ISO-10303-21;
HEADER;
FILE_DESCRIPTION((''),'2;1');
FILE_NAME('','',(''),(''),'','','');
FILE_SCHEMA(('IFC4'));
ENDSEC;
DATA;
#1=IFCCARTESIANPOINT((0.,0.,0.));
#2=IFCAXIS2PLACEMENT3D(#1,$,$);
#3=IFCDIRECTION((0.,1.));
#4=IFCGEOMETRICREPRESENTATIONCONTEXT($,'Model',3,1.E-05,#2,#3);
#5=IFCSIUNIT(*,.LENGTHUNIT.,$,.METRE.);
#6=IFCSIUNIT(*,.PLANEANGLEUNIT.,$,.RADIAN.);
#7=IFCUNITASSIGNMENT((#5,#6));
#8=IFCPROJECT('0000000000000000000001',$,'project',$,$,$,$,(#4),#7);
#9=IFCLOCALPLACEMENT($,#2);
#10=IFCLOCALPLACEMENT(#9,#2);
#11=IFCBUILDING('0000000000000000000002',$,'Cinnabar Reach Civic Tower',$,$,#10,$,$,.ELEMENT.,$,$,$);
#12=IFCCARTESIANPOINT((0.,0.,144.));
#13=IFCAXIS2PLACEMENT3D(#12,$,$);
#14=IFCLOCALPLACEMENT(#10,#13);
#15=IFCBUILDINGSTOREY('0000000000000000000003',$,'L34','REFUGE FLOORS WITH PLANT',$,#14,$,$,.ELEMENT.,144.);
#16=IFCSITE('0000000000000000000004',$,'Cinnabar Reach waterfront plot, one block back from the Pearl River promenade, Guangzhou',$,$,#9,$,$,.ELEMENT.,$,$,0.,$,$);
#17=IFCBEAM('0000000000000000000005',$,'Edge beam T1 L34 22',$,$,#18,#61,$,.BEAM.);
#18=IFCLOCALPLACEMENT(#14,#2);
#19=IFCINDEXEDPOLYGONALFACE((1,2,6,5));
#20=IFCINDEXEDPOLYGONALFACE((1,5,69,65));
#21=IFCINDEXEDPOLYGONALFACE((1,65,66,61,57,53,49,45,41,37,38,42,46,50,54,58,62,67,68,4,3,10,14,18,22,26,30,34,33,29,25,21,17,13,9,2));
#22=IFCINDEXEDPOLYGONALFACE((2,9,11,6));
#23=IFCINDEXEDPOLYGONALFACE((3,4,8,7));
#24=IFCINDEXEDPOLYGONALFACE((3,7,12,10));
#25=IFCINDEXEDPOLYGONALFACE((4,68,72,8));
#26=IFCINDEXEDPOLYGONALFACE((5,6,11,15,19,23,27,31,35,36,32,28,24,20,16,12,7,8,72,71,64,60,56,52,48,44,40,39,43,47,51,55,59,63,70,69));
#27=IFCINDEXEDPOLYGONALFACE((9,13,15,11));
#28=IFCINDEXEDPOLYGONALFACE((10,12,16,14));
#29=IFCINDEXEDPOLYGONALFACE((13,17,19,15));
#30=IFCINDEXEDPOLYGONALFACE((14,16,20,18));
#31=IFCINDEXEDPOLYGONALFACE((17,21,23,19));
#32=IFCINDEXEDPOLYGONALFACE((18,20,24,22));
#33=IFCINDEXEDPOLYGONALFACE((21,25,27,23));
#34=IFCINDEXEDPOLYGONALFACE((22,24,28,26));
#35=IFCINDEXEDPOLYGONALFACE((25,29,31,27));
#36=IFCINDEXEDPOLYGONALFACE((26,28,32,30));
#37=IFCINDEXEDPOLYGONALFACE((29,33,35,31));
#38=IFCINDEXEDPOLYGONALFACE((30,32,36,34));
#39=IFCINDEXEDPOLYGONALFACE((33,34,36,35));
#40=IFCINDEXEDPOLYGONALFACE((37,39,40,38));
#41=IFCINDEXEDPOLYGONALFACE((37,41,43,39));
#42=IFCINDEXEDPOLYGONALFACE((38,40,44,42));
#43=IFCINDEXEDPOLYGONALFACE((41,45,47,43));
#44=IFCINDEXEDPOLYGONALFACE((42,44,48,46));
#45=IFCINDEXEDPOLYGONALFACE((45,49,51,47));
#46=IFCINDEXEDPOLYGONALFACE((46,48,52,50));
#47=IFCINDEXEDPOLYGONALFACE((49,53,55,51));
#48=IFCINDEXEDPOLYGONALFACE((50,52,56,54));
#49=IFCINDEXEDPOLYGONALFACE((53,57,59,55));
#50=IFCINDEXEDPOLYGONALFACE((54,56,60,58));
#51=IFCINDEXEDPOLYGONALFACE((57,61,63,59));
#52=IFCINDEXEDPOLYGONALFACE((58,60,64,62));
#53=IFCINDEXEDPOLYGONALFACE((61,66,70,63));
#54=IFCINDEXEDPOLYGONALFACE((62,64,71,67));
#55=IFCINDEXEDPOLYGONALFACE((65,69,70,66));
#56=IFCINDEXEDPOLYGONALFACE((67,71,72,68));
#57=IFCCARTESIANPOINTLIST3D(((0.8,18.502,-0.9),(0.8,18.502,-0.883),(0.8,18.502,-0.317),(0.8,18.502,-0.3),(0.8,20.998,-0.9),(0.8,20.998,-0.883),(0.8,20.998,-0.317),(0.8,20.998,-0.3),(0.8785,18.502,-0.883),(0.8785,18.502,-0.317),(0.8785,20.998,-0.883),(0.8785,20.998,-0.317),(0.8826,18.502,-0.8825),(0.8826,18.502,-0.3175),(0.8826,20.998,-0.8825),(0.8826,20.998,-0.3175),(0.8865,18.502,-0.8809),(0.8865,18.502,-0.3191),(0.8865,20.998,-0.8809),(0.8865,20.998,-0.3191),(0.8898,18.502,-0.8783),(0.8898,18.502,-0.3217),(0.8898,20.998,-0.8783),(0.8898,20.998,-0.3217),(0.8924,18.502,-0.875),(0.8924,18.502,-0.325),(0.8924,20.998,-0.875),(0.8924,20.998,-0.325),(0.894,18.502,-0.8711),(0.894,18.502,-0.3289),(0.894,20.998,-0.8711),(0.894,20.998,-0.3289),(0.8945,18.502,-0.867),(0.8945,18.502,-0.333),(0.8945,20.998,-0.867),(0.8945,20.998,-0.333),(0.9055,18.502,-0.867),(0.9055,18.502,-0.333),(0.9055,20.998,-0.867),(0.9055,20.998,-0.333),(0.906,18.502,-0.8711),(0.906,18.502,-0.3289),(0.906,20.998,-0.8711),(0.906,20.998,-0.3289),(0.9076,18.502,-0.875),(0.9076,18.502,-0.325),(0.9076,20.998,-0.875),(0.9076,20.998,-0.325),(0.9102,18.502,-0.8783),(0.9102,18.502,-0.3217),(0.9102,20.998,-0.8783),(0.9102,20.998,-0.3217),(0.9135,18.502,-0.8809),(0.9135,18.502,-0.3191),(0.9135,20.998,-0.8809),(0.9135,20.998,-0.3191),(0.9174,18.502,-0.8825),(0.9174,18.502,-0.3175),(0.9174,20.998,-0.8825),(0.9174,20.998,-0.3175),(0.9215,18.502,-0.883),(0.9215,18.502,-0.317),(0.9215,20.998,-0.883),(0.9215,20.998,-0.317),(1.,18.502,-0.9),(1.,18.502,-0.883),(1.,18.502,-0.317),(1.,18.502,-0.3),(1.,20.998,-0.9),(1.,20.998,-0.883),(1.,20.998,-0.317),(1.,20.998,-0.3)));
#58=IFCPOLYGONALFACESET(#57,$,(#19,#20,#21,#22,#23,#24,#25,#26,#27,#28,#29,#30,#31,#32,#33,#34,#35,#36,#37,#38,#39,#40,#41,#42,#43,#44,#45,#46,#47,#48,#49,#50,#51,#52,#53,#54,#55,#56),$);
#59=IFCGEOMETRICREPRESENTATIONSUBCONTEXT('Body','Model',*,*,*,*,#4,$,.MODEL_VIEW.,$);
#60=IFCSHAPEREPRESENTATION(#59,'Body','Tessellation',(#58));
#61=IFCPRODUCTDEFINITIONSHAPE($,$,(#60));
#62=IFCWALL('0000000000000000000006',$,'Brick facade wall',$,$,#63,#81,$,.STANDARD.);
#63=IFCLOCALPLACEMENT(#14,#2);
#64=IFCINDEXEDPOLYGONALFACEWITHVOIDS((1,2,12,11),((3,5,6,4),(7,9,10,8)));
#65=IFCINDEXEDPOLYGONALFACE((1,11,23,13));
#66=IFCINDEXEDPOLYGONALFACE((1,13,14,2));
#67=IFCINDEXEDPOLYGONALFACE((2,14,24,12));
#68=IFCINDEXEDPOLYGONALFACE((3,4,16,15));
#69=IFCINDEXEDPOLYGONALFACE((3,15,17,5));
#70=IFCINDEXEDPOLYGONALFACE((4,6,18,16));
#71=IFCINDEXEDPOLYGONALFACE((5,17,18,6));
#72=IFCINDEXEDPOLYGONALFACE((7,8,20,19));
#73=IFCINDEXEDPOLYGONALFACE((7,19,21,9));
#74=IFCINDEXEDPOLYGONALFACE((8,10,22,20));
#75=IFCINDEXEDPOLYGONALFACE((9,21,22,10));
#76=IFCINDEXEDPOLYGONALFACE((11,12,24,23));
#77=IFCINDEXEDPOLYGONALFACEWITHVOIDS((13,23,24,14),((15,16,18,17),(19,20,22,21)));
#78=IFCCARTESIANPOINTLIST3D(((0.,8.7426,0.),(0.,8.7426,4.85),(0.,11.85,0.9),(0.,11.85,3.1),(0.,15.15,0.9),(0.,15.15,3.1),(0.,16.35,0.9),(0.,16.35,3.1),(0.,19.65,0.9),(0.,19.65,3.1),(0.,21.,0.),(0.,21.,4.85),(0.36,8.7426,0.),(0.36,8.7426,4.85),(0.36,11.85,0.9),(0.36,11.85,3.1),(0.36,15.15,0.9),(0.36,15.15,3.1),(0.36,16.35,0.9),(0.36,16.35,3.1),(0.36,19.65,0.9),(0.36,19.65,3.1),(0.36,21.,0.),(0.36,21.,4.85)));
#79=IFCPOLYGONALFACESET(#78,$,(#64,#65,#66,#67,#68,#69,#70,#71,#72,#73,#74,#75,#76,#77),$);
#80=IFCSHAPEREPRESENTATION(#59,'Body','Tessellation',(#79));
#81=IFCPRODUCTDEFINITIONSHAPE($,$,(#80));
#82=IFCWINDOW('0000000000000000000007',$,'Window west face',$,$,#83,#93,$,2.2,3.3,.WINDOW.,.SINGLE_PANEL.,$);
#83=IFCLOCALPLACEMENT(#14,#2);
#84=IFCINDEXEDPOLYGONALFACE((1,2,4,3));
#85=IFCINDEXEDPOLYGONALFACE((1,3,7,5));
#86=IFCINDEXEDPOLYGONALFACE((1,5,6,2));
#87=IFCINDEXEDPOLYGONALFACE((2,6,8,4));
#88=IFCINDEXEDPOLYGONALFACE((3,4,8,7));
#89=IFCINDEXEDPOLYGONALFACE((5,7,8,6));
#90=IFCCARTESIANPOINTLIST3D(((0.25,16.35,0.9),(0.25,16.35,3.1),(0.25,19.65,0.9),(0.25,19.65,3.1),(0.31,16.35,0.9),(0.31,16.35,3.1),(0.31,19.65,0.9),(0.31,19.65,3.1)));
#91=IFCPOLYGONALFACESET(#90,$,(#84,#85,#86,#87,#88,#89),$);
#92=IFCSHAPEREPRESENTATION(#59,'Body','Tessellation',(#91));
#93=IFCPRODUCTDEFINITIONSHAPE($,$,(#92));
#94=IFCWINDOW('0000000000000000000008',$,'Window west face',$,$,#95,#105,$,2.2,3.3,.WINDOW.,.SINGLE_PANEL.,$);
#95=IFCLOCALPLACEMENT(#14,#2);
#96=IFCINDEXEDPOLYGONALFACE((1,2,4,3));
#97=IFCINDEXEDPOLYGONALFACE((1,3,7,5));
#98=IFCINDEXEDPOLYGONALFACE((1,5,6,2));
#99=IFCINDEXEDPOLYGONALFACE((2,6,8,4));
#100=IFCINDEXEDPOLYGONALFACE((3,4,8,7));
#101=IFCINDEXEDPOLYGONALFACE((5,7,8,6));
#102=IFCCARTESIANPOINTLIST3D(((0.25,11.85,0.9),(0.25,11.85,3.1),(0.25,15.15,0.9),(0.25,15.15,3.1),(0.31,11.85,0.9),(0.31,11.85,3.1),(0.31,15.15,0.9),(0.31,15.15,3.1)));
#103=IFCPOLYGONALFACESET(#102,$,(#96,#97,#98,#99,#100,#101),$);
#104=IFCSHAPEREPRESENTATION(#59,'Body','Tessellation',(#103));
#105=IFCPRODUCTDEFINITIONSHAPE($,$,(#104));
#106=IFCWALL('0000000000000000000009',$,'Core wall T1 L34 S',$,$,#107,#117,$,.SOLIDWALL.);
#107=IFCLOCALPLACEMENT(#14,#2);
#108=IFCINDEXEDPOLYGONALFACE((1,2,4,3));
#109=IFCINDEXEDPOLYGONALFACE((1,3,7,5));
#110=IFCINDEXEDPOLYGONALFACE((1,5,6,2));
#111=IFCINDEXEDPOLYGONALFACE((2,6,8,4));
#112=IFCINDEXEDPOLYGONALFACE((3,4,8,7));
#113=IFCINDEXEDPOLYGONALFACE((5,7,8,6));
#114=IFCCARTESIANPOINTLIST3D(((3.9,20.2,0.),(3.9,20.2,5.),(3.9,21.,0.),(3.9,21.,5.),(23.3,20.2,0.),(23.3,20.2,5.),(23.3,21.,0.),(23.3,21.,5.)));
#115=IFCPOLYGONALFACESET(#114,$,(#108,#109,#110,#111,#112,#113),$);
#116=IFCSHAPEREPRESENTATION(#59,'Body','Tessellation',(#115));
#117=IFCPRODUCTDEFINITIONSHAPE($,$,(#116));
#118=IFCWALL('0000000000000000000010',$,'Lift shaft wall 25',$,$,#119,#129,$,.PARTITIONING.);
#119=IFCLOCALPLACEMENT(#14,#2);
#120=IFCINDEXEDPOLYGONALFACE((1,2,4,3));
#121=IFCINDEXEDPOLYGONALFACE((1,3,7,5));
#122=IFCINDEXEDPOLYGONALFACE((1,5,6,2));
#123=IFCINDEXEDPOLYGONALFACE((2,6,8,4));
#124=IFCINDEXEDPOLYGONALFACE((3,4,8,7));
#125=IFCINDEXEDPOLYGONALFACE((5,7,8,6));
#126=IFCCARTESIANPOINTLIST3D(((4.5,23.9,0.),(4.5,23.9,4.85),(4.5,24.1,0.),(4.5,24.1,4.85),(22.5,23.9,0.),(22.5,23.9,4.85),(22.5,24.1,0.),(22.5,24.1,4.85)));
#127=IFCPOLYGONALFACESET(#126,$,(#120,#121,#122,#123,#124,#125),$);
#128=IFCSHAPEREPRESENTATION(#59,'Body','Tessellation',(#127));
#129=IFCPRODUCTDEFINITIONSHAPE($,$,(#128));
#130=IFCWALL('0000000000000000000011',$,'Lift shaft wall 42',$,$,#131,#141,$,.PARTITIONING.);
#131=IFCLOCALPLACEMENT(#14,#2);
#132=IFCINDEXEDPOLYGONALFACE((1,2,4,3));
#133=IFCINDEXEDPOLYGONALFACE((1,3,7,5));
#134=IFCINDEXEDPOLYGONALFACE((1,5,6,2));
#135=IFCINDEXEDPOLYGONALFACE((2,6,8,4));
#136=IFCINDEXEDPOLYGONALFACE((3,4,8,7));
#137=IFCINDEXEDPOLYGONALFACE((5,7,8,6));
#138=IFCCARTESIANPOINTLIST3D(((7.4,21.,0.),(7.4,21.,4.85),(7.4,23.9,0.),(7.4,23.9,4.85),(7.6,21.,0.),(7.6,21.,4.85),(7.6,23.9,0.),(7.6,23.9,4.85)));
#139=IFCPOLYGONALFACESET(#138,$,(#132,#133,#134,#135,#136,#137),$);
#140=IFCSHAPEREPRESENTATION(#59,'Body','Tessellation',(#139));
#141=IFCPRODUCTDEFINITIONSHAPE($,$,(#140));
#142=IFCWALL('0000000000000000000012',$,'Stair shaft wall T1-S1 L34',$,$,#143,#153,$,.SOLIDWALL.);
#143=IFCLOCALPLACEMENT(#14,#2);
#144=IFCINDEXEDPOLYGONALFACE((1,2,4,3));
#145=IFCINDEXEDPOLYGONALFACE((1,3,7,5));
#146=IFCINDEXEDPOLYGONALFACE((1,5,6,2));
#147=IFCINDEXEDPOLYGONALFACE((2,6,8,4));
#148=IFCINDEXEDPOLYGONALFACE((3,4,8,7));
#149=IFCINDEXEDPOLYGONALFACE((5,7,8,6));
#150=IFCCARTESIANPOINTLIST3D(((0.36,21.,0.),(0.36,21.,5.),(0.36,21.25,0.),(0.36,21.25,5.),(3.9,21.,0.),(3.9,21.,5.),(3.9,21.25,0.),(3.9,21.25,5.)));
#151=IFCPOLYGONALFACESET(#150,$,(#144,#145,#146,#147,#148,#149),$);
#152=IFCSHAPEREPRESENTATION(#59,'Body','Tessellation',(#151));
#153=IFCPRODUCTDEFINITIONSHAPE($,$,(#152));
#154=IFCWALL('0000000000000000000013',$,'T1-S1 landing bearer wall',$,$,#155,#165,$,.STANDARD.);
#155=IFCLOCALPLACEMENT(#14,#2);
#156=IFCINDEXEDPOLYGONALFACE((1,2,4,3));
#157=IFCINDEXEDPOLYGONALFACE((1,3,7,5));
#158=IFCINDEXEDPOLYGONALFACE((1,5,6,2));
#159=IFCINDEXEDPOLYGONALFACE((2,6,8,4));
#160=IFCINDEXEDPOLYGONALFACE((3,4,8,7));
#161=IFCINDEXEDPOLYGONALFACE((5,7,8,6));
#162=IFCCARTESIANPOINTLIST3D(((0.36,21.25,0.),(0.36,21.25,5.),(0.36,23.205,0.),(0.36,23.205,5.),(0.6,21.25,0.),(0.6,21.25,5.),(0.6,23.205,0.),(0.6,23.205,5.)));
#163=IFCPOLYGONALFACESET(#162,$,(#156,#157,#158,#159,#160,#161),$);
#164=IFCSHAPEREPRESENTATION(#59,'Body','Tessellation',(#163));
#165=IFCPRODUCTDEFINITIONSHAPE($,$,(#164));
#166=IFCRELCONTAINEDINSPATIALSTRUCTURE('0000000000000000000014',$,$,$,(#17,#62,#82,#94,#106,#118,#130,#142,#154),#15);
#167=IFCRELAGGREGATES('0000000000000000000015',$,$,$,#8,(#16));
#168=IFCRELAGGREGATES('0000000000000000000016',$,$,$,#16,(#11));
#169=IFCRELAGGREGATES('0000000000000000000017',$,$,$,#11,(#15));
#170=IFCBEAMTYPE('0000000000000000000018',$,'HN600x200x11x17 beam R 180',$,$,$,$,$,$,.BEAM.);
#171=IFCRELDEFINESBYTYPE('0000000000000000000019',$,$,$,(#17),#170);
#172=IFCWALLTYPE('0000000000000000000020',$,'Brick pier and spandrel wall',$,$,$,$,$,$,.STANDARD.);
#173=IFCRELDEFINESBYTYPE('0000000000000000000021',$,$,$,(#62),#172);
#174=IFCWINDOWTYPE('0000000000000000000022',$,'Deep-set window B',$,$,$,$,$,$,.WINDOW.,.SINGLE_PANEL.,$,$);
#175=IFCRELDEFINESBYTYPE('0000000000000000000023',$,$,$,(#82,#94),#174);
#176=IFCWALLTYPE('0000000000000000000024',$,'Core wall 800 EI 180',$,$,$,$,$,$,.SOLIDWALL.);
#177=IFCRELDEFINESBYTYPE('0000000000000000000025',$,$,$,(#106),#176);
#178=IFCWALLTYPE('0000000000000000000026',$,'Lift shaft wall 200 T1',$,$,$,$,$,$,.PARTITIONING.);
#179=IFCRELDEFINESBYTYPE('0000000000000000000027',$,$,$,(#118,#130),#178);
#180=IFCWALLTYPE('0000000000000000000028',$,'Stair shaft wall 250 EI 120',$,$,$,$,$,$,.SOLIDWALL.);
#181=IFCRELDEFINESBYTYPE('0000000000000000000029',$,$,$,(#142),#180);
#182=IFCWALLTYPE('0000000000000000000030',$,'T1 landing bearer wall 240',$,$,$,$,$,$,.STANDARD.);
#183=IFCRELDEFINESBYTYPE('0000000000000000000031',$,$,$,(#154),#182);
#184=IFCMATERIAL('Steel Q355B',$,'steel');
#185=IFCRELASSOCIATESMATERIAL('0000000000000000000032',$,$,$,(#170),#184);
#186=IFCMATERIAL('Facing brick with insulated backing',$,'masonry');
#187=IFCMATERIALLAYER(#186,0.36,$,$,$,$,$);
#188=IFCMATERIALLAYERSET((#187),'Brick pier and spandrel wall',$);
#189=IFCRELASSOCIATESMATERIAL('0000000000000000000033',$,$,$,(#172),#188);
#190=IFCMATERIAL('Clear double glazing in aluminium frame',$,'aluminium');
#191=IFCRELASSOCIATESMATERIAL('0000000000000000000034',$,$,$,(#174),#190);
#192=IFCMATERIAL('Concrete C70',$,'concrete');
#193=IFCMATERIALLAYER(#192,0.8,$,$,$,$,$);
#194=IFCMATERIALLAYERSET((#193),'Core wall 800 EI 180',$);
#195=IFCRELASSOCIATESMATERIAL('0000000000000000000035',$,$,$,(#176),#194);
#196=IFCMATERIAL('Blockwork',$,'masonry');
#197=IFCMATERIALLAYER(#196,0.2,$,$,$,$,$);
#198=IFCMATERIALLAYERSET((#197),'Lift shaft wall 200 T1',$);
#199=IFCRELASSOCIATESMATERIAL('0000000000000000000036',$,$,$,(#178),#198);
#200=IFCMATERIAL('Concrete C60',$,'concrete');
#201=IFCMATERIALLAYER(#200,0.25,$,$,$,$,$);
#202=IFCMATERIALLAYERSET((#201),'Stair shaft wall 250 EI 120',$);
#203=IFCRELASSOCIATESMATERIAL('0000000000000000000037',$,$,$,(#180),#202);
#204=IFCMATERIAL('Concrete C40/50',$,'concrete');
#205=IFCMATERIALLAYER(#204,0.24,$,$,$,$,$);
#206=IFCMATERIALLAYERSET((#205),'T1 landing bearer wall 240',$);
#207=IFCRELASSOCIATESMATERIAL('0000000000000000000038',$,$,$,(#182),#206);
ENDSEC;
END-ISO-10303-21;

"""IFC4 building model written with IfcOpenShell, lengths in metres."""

from ifc_helpers import new_model, si_unit, direction, frame, frame_2d, origin, origin_2d, place, context, subcontext, project, spatial, rectangle, i_section, extrude, material, layer, layer_set, material_profile, profile_set, type_object, element, fill, save


model = new_model("IFC4")

# Units and contexts
model_context = context("Model", 3, precision=1e-05, world=origin(), true_north=direction((0.0, 1.0)))
body_context = subcontext(model_context, "Body", "Model", "MODEL_VIEW")
ifc_project = project(units=[si_unit("LENGTHUNIT", "METRE"), si_unit("PLANEANGLEUNIT", "RADIAN")], contexts=[model_context])

# Site, building, storey
site_placement = place(None, origin())
site = spatial("IfcSite", under=ifc_project, at=site_placement, Name="Cinnabar Reach waterfront plot, one block back from the Pearl River promenade, Guangzhou", CompositionType="ELEMENT", RefElevation=0.0)
building_placement = place(site_placement, origin())
building = spatial("IfcBuilding", under=site, at=building_placement, Name="Cinnabar Reach Civic Tower", CompositionType="ELEMENT")
storey_placement = place(building_placement, frame((0.0, 0.0, 144.0)))
storey = spatial("IfcBuildingStorey", under=building, at=storey_placement, Name="L34", Description="REFUGE FLOORS WITH PLANT", CompositionType="ELEMENT", Elevation=144.0)

# Beam
ifc_material_1 = material(Name="Steel Q355B", Category="steel")
ifc_material_profile = material_profile(ifc_material_1, i_section(OverallWidth=0.2, OverallDepth=0.6, WebThickness=0.011, FlangeThickness=0.017, FilletRadius=0.016, at=origin_2d()), Name="HN600x200x11x17")
ifc_profile_set = profile_set([ifc_material_profile], Name="Steel Q355B")
beam_type = type_object("IfcBeamType", Name="HN600x200x11x17 beam R 180", PredefinedType="BEAM", material=ifc_profile_set)
beam_placement = place(storey_placement, frame((0.9, 20.998, -0.6), z_axis=(0.0, -1.0, 0.0), x_axis=(1.0, 0.0, 0.0)))
element("IfcBeam", 1, at=beam_placement, inside=storey, type_object=beam_type, Name="Edge beam T1 L34 22", PredefinedType="BEAM", context=body_context, shape_type="SweptSolid", body=[
    extrude(i_section(OverallWidth=0.2, OverallDepth=0.6, WebThickness=0.011, FlangeThickness=0.017, FilletRadius=0.016, at=origin_2d()), origin(), (0.0, 0.0, 1.0), 2.496),
])

# Wall, openings, windows
ifc_material_2 = material(Name="Facing brick with insulated backing", Category="masonry")
ifc_layer_1 = layer(ifc_material_2, 0.36)
ifc_layer_set_1 = layer_set([ifc_layer_1], Name="Brick pier and spandrel wall")
wall_type_1 = type_object("IfcWallType", Name="Brick pier and spandrel wall", PredefinedType="STANDARD", material=ifc_layer_set_1)
wall_1_placement = place(storey_placement, frame((0.18, 21.0, 0.0), z_axis=(0.0, 0.0, 1.0), x_axis=(0.0, -1.0, 0.0)))
wall_1 = element("IfcWall", 2, at=wall_1_placement, inside=storey, type_object=wall_type_1, Name="Brick facade wall", PredefinedType="STANDARD", context=body_context, shape_type="SweptSolid", body=[
    extrude(rectangle(XDim=12.2574, YDim=0.36, at=frame_2d((6.1287, 0.0))), origin(), (0.0, 0.0, 1.0), 4.85),
])
opening_1_placement = place(wall_1_placement, frame((1.35, 0.0, 0.9)))
opening_1 = element("IfcOpeningElement", 3, at=opening_1_placement, cuts=wall_1, PredefinedType="OPENING", context=body_context, shape_type="SweptSolid", body=[
    extrude(rectangle(XDim=3.3, YDim=2.2, at=frame_2d((1.65, 1.1))), frame((0.0, 0.19, 0.0), z_axis=(0.0, -1.0, 0.0), x_axis=(1.0, 0.0, 0.0)), (0.0, 0.0, 1.0), 0.38),
])
opening_2_placement = place(wall_1_placement, frame((5.85, 0.0, 0.9)))
opening_2 = element("IfcOpeningElement", 4, at=opening_2_placement, cuts=wall_1, PredefinedType="OPENING", context=body_context, shape_type="SweptSolid", body=[
    extrude(rectangle(XDim=3.3, YDim=2.2, at=frame_2d((1.65, 1.1))), frame((0.0, 0.19, 0.0), z_axis=(0.0, -1.0, 0.0), x_axis=(1.0, 0.0, 0.0)), (0.0, 0.0, 1.0), 0.38),
])
ifc_material_3 = material(Name="Clear double glazing in aluminium frame", Category="aluminium")
window_type = type_object("IfcWindowType", Name="Deep-set window B", PartitioningType="SINGLE_PANEL", PredefinedType="WINDOW", material=ifc_material_3)
window_1_placement = place(opening_1_placement, origin())
window_1 = element("IfcWindow", 5, at=window_1_placement, inside=storey, type_object=window_type, Name="Window west face", OverallHeight=2.2, OverallWidth=3.3, PartitioningType="SINGLE_PANEL", PredefinedType="WINDOW", context=body_context, shape_type="SweptSolid", body=[
    extrude(rectangle(XDim=3.3, YDim=2.2, at=frame_2d((1.65, 1.1))), frame((0.0, 0.13, 0.0), z_axis=(0.0, -1.0, 0.0), x_axis=(1.0, 0.0, 0.0)), (0.0, 0.0, 1.0), 0.06),
])
fill(opening_1, window_1)
window_2_placement = place(opening_2_placement, origin())
window_2 = element("IfcWindow", 6, at=window_2_placement, inside=storey, type_object=window_type, Name="Window west face", OverallHeight=2.2, OverallWidth=3.3, PartitioningType="SINGLE_PANEL", PredefinedType="WINDOW", context=body_context, shape_type="SweptSolid", body=[
    extrude(rectangle(XDim=3.3, YDim=2.2, at=frame_2d((1.65, 1.1))), frame((0.0, 0.13, 0.0), z_axis=(0.0, -1.0, 0.0), x_axis=(1.0, 0.0, 0.0)), (0.0, 0.0, 1.0), 0.06),
])
fill(opening_2, window_2)

# Walls
ifc_material_4 = material(Name="Concrete C70", Category="concrete")
ifc_layer_2 = layer(ifc_material_4, 0.8)
ifc_layer_set_2 = layer_set([ifc_layer_2], Name="Core wall 800 EI 180")
wall_type_2 = type_object("IfcWallType", Name="Core wall 800 EI 180", PredefinedType="SOLIDWALL", material=ifc_layer_set_2)
wall_2_placement = place(storey_placement, frame((3.9, 20.6, 0.0), z_axis=(0.0, 0.0, 1.0), x_axis=(1.0, 0.0, 0.0)))
element("IfcWall", 7, at=wall_2_placement, inside=storey, type_object=wall_type_2, Name="Core wall T1 L34 S", PredefinedType="SOLIDWALL", context=body_context, shape_type="SweptSolid", body=[
    extrude(rectangle(XDim=19.4, YDim=0.8, at=frame_2d((9.7, 0.0))), origin(), (0.0, 0.0, 1.0), 5.0),
])
ifc_material_5 = material(Name="Blockwork", Category="masonry")
ifc_layer_3 = layer(ifc_material_5, 0.2)
ifc_layer_set_3 = layer_set([ifc_layer_3], Name="Lift shaft wall 200 T1")
wall_type_3 = type_object("IfcWallType", Name="Lift shaft wall 200 T1", PredefinedType="PARTITIONING", material=ifc_layer_set_3)
wall_3_placement = place(storey_placement, frame((4.5, 24.0, 0.0), z_axis=(0.0, 0.0, 1.0), x_axis=(1.0, 0.0, 0.0)))
element("IfcWall", 8, at=wall_3_placement, inside=storey, type_object=wall_type_3, Name="Lift shaft wall 25", PredefinedType="PARTITIONING", context=body_context, shape_type="SweptSolid", body=[
    extrude(rectangle(XDim=18.0, YDim=0.2, at=frame_2d((9.0, 0.0))), origin(), (0.0, 0.0, 1.0), 4.85),
])
wall_4_placement = place(storey_placement, frame((7.5, 21.0, 0.0), z_axis=(0.0, 0.0, 1.0), x_axis=(0.0, 1.0, 0.0)))
element("IfcWall", 9, at=wall_4_placement, inside=storey, type_object=wall_type_3, Name="Lift shaft wall 42", PredefinedType="PARTITIONING", context=body_context, shape_type="SweptSolid", body=[
    extrude(rectangle(XDim=2.9, YDim=0.2, at=frame_2d((1.45, 0.0))), origin(), (0.0, 0.0, 1.0), 4.85),
])
ifc_material_6 = material(Name="Concrete C60", Category="concrete")
ifc_layer_4 = layer(ifc_material_6, 0.25)
ifc_layer_set_4 = layer_set([ifc_layer_4], Name="Stair shaft wall 250 EI 120")
wall_type_4 = type_object("IfcWallType", Name="Stair shaft wall 250 EI 120", PredefinedType="SOLIDWALL", material=ifc_layer_set_4)
wall_5_placement = place(storey_placement, frame((0.36, 21.125, 0.0), z_axis=(0.0, 0.0, 1.0), x_axis=(1.0, 0.0, 0.0)))
element("IfcWall", 10, at=wall_5_placement, inside=storey, type_object=wall_type_4, Name="Stair shaft wall T1-S1 L34", PredefinedType="SOLIDWALL", context=body_context, shape_type="SweptSolid", body=[
    extrude(rectangle(XDim=3.54, YDim=0.25, at=frame_2d((1.77, 0.0))), origin(), (0.0, 0.0, 1.0), 5.0),
])
ifc_material_7 = material(Name="Concrete C40/50", Category="concrete")
ifc_layer_5 = layer(ifc_material_7, 0.24)
ifc_layer_set_5 = layer_set([ifc_layer_5], Name="T1 landing bearer wall 240")
wall_type_5 = type_object("IfcWallType", Name="T1 landing bearer wall 240", PredefinedType="STANDARD", material=ifc_layer_set_5)
wall_6_placement = place(storey_placement, frame((0.48, 21.25, 0.0), z_axis=(0.0, 0.0, 1.0), x_axis=(0.0, 1.0, 0.0)))
element("IfcWall", 11, at=wall_6_placement, inside=storey, type_object=wall_type_5, Name="T1-S1 landing bearer wall", PredefinedType="STANDARD", context=body_context, shape_type="SweptSolid", body=[
    extrude(rectangle(XDim=1.955, YDim=0.24, at=frame_2d((0.9775, 0.0))), origin(), (0.0, 0.0, 1.0), 5.0),
])

save(model, "model.ifc")
